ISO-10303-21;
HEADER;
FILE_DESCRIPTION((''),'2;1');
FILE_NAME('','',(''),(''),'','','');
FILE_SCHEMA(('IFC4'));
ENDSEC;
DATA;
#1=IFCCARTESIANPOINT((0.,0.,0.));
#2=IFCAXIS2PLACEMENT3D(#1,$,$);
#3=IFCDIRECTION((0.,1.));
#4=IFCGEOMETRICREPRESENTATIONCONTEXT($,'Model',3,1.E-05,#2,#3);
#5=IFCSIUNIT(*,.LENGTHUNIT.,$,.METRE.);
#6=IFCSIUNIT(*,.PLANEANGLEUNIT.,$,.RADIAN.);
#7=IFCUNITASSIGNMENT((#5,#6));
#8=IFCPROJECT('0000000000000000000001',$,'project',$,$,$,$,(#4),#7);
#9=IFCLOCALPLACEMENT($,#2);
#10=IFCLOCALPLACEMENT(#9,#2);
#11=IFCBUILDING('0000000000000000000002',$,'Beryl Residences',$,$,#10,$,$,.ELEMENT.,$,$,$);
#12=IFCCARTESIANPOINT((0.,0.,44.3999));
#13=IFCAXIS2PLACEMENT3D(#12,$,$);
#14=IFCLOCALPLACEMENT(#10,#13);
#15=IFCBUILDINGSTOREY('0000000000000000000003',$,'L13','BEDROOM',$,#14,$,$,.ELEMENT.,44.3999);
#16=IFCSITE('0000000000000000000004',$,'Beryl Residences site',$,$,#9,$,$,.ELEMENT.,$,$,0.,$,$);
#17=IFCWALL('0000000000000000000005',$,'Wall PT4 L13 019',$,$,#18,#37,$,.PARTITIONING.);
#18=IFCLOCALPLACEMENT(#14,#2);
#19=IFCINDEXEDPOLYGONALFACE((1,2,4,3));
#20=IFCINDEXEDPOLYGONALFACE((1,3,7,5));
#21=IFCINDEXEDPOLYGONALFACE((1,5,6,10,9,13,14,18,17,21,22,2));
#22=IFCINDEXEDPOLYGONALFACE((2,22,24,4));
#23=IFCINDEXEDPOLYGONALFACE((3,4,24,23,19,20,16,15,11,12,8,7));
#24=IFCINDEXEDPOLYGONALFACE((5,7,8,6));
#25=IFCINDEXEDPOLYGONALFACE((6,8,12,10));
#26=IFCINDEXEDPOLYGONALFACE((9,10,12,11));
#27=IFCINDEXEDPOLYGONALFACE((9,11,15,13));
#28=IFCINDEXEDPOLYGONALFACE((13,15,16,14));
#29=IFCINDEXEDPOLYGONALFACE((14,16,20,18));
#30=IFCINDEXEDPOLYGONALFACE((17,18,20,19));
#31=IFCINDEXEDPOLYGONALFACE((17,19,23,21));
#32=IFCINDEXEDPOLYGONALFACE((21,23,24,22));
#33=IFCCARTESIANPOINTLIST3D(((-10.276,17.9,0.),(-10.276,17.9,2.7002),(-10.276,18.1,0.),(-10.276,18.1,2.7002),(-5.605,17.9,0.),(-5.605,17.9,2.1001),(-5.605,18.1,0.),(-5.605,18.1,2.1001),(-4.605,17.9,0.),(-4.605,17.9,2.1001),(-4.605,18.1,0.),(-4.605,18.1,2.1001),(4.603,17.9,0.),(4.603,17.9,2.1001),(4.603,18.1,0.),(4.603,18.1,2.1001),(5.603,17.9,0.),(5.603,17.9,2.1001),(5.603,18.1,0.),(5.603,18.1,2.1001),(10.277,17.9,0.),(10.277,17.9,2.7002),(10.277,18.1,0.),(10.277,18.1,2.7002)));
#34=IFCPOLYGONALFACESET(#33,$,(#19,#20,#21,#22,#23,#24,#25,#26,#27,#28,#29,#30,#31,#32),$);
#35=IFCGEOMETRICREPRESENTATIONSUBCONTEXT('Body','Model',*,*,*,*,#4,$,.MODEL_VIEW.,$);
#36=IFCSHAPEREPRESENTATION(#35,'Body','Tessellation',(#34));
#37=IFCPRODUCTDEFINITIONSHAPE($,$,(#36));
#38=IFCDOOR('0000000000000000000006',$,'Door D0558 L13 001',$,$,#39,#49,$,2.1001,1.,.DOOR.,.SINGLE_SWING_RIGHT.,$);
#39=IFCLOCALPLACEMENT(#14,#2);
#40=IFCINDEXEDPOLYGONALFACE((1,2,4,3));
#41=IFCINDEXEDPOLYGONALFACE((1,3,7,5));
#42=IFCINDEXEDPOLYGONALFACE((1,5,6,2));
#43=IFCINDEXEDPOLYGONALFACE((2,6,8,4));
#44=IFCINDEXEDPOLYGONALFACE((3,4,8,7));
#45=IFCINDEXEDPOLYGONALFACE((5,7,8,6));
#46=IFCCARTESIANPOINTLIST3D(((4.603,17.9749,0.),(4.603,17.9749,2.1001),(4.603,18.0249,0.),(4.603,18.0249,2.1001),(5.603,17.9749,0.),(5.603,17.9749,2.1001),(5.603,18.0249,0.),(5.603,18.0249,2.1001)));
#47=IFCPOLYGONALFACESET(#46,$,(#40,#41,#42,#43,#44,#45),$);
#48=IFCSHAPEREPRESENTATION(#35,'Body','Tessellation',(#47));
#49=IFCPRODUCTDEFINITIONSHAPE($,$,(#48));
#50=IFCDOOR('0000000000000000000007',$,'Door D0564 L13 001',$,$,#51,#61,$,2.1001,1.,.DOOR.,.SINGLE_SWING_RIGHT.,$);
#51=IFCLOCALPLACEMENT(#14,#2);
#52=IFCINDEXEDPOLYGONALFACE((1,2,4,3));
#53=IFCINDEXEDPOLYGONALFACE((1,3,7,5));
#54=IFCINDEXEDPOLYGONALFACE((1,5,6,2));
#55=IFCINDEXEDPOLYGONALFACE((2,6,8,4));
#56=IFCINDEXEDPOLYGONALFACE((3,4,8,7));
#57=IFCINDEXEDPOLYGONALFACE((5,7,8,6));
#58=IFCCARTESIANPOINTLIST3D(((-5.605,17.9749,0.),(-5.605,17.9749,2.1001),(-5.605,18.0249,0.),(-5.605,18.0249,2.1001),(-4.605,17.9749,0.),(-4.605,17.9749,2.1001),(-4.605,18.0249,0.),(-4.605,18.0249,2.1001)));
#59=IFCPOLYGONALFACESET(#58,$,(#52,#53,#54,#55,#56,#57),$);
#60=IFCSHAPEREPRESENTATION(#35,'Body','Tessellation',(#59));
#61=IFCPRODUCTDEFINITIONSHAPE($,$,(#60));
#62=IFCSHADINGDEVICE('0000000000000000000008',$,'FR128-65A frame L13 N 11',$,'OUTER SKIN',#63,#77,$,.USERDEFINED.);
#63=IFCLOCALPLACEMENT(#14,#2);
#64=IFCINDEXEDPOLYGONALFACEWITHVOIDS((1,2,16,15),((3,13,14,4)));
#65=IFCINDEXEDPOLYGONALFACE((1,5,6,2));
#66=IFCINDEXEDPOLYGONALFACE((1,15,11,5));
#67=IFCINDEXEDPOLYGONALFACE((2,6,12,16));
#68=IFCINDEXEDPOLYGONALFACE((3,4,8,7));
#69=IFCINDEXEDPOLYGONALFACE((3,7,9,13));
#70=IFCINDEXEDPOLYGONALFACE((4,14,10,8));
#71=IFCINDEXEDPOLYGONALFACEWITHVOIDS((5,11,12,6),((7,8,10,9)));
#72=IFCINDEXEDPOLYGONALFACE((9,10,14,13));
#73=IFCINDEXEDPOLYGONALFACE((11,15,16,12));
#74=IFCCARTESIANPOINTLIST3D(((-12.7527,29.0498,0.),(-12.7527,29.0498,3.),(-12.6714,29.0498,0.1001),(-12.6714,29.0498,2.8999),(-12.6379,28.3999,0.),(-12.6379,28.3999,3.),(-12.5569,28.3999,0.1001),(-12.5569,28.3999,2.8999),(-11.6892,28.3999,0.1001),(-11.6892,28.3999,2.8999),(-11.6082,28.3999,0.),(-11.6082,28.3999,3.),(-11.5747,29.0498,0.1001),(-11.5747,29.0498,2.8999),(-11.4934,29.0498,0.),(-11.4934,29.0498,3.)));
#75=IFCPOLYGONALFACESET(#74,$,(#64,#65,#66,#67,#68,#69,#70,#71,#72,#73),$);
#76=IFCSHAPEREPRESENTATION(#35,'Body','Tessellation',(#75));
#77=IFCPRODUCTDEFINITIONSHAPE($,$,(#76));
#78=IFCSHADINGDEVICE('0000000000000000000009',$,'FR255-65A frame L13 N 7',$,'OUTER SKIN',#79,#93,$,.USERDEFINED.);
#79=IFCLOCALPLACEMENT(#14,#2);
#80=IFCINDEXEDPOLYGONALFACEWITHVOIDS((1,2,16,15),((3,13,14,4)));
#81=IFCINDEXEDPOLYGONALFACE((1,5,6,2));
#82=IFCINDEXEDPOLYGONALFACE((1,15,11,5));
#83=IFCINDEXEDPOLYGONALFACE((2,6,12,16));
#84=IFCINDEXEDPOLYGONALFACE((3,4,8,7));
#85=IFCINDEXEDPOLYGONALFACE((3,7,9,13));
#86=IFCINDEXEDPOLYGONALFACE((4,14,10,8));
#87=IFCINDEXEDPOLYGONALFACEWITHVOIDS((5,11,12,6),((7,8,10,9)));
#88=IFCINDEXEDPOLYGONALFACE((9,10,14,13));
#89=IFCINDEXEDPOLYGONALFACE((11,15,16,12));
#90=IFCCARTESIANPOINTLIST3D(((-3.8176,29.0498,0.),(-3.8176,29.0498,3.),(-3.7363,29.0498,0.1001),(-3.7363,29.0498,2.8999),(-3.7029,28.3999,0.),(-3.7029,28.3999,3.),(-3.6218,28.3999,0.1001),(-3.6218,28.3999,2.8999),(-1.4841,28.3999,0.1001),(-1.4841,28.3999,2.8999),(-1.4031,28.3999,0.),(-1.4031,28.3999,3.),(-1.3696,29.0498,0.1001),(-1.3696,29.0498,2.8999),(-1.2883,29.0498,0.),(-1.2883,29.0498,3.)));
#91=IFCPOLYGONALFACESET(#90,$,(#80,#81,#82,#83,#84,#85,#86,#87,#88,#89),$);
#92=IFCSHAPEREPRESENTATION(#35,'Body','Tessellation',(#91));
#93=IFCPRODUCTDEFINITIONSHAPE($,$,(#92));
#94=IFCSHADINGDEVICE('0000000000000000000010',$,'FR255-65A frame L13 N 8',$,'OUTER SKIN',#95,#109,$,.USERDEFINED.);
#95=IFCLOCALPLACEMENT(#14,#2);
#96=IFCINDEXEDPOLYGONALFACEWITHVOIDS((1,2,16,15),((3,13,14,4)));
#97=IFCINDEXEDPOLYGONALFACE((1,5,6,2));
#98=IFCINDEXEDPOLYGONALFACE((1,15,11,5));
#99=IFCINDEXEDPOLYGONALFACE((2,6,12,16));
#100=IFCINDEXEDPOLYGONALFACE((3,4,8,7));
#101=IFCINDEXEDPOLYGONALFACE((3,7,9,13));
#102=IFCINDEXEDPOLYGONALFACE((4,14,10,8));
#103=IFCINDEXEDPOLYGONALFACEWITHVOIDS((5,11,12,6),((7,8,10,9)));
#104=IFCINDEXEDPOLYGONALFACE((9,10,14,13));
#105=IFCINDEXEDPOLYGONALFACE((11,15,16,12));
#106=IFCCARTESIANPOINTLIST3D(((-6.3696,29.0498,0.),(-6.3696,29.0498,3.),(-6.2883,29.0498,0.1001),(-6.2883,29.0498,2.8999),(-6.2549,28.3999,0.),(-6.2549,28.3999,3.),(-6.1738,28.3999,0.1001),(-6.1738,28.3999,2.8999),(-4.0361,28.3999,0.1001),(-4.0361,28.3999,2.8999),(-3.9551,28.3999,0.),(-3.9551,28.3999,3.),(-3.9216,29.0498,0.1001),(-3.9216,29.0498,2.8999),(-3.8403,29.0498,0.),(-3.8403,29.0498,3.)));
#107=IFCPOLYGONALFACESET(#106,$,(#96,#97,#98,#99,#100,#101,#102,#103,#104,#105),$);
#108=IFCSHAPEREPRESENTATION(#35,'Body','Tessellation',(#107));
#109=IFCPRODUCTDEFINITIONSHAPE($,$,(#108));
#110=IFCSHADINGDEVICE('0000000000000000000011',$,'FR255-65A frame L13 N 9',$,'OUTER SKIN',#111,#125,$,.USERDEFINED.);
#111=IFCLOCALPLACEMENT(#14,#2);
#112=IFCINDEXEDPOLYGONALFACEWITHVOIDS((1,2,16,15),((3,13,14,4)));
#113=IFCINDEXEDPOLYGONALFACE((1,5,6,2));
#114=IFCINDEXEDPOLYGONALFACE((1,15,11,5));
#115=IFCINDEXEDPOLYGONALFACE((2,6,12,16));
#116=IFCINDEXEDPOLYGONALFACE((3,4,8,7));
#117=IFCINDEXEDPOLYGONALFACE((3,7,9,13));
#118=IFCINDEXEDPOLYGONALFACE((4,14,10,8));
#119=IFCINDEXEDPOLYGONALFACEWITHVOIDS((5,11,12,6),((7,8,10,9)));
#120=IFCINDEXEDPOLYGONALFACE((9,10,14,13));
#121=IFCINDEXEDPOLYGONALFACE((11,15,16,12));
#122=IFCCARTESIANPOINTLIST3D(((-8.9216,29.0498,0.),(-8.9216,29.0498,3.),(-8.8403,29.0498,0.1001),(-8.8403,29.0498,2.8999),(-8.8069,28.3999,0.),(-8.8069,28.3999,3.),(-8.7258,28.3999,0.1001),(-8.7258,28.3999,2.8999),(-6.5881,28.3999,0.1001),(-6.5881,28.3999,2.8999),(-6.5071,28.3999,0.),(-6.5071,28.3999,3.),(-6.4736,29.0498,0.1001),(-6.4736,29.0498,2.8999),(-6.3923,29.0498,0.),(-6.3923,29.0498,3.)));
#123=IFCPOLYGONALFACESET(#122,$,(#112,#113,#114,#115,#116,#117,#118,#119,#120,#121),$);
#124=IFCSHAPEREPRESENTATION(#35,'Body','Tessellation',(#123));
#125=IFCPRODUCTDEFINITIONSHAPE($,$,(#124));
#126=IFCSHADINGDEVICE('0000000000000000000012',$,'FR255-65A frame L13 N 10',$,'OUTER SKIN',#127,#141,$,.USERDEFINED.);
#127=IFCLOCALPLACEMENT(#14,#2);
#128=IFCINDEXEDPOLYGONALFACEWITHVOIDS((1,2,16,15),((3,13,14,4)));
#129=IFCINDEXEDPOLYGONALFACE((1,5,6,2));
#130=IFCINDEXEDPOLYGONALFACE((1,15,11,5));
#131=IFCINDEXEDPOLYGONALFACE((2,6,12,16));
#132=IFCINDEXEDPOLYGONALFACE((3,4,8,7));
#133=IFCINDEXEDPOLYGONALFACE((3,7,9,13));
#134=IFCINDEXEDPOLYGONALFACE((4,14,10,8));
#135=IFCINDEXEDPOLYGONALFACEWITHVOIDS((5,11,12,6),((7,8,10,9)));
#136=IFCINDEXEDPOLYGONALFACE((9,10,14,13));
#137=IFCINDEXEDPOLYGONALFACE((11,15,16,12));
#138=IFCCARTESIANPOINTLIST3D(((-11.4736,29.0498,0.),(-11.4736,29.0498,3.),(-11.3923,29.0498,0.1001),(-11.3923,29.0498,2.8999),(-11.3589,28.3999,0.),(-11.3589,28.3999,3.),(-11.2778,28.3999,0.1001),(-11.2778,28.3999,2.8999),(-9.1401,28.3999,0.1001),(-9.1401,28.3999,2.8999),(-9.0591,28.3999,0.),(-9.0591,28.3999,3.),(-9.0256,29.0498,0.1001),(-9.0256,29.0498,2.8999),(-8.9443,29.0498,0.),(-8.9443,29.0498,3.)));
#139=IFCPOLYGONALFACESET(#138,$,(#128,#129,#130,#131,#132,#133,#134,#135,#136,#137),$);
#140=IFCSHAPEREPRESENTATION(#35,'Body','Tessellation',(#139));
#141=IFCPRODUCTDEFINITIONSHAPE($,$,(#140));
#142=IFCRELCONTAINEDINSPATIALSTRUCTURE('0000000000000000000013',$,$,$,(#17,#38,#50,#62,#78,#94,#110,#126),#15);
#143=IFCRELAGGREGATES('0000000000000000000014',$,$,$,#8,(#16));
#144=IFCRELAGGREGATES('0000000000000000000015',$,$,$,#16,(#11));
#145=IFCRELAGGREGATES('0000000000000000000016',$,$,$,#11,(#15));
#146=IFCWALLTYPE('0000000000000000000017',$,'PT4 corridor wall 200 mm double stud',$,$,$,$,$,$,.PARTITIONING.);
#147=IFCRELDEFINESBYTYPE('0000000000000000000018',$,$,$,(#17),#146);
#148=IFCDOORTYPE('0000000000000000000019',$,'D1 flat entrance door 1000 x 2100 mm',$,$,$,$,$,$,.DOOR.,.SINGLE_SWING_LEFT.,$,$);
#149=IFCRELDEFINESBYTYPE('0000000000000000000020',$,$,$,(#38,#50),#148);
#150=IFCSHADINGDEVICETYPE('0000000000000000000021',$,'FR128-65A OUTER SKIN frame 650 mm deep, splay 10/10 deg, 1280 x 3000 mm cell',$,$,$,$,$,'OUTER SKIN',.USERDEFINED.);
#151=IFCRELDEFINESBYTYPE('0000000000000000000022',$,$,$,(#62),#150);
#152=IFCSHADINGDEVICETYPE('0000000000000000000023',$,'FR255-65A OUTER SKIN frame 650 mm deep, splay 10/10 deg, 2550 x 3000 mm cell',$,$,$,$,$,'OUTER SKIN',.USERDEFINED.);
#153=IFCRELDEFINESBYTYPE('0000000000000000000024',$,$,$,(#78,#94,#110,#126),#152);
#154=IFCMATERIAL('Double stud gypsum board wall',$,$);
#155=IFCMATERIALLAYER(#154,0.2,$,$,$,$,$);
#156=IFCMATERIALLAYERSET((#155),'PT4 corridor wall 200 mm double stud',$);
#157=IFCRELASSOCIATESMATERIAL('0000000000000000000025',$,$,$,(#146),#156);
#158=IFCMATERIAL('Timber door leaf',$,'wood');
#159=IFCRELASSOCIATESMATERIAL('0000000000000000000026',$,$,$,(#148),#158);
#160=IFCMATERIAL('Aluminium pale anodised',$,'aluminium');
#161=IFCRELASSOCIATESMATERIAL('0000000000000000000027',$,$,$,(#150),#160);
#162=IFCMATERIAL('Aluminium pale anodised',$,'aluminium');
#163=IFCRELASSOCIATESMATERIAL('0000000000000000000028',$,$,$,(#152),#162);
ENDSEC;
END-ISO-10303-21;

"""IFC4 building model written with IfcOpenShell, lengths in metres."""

from ifc_helpers import new_model, entity, si_unit, direction, frame, frame_2d, origin, place, context, subcontext, project, spatial, rectangle, extrude, source, transform, mapped, material, layer, layer_set, type_object, type_shapes, element, fill, save


model = new_model("IFC4")

# Units and contexts
model_context = context("Model", 3, precision=1e-05, world=origin(), true_north=direction((0.0, 1.0)))
body_context = subcontext(model_context, "Body", "Model", "MODEL_VIEW")
ifc_project = project(units=[si_unit("LENGTHUNIT", "METRE"), si_unit("PLANEANGLEUNIT", "RADIAN")], contexts=[model_context])

# Site, building, storey
site_placement = place(None, origin())
site = spatial("IfcSite", under=ifc_project, at=site_placement, Name="Beryl Residences site", CompositionType="ELEMENT", RefElevation=0.0)
building_placement = place(site_placement, origin())
building = spatial("IfcBuilding", under=site, at=building_placement, Name="Beryl Residences", CompositionType="ELEMENT")
storey_placement = place(building_placement, frame((0.0, 0.0, 44.3999)))
storey = spatial("IfcBuildingStorey", under=building, at=storey_placement, Name="L13", Description="BEDROOM", CompositionType="ELEMENT", Elevation=44.3999)

# Shared definitions
ifc_material_1 = material(Name="Double stud gypsum board wall")
ifc_layer_1 = layer(ifc_material_1, 0.2)
ifc_layer_set_1 = layer_set([ifc_layer_1], Name="PT4 corridor wall 200 mm double stud")
wall_type_1 = type_object("IfcWallType", Name="PT4 corridor wall 200 mm double stud", PredefinedType="PARTITIONING", material=ifc_layer_set_1)

# Wall, openings, doors
wall_1_placement = place(storey_placement, frame((-10.2759, 18.0, 0.0), z_axis=(0.0, 0.0, 1.0), x_axis=(1.0, 0.0, 0.0)))
wall_1 = element("IfcWall", 1, at=wall_1_placement, inside=storey, type_object=wall_type_1, Name="Wall PT4 L13 019", PredefinedType="PARTITIONING", context=body_context, shape_type="SweptSolid", body=[
    extrude(rectangle(XDim=20.553, YDim=0.2, at=frame_2d((10.2764, 0.0))), origin(), (0.0, 0.0, 1.0), 2.7002),
])
opening_1_placement = place(wall_1_placement, frame((14.8789, 0.0, 0.0)))
opening_1 = element("IfcOpeningElement", 2, at=opening_1_placement, cuts=wall_1, PredefinedType="OPENING", context=body_context, shape_type="SweptSolid", body=[
    extrude(rectangle(XDim=1.0, YDim=2.1001, at=frame_2d((0.5, 1.05))), frame((0.0, 0.1099, 0.0), z_axis=(0.0, -1.0, 0.0), x_axis=(1.0, 0.0, 0.0)), (0.0, 0.0, 1.0), 0.22),
])
opening_2_placement = place(wall_1_placement, frame((4.6709, 0.0, 0.0)))
opening_2 = element("IfcOpeningElement", 3, at=opening_2_placement, cuts=wall_1, PredefinedType="OPENING", context=body_context, shape_type="SweptSolid", body=[
    extrude(rectangle(XDim=1.0, YDim=2.1001, at=frame_2d((0.5, 1.05))), frame((0.0, 0.1099, 0.0), z_axis=(0.0, -1.0, 0.0), x_axis=(1.0, 0.0, 0.0)), (0.0, 0.0, 1.0), 0.22),
])
ifc_material_2 = material(Name="Timber door leaf", Category="wood")
door_type_1 = type_object("IfcDoorType", Name="D1 flat entrance door 1000 x 2100 mm", OperationType="SINGLE_SWING_LEFT", PredefinedType="DOOR", material=ifc_material_2)
door_1_placement = place(opening_1_placement, origin())
door_1 = element("IfcDoor", 4, at=door_1_placement, inside=storey, type_object=door_type_1, Name="Door D0558 L13 001", OperationType="SINGLE_SWING_RIGHT", OverallHeight=2.1001, OverallWidth=1.0, PredefinedType="DOOR", context=body_context, shape_type="SweptSolid", body=[
    extrude(rectangle(XDim=1.0, YDim=2.1001, at=frame_2d((0.5, 1.05))), frame((0.0, 0.0249, 0.0), z_axis=(0.0, -1.0, 0.0), x_axis=(1.0, 0.0, 0.0)), (0.0, 0.0, 1.0), 0.05),
])
fill(opening_1, door_1)
door_2_placement = place(opening_2_placement, origin())
door_2 = element("IfcDoor", 5, at=door_2_placement, inside=storey, type_object=door_type_1, Name="Door D0564 L13 001", OperationType="SINGLE_SWING_RIGHT", OverallHeight=2.1001, OverallWidth=1.0, PredefinedType="DOOR", context=body_context, shape_type="SweptSolid", body=[
    extrude(rectangle(XDim=1.0, YDim=2.1001, at=frame_2d((0.5, 1.05))), frame((0.0, 0.0249, 0.0), z_axis=(0.0, -1.0, 0.0), x_axis=(1.0, 0.0, 0.0)), (0.0, 0.0, 1.0), 0.05),
])
fill(opening_2, door_2)

# Shading devices
ifc_material_3 = material(Name="Aluminium pale anodised", Category="aluminium")
shading_device_type_1 = type_object("IfcShadingDeviceType", Name="FR128-65A OUTER SKIN frame 650 mm deep, splay 10/10 deg, 1280 x 3000 mm cell", ElementType="OUTER SKIN", PredefinedType="USERDEFINED", material=ifc_material_3)
cartesian_point_1 = entity("IfcCartesianPoint", [-0.5149, 0.0])
cartesian_point_2 = entity("IfcCartesianPoint", [-0.4338, 0.1001])
cartesian_point_3 = entity("IfcCartesianPoint", [-0.6296, 0.0])
cartesian_point_4 = entity("IfcCartesianPoint", [-0.5483, 0.1001])
shared_shape_1 = source(origin(), body_context, "Body", "SweptSolid", [
    entity("IfcExtrudedAreaSolidTapered", entity("IfcArbitraryProfileDefWithVoids", "AREA", None, entity("IfcPolyline", [cartesian_point_1, entity("IfcCartesianPoint", [0.5149, 0.0]), entity("IfcCartesianPoint", [0.5149, 3.0]), entity("IfcCartesianPoint", [-0.5149, 3.0]), cartesian_point_1]), [entity("IfcPolyline", [cartesian_point_2, entity("IfcCartesianPoint", [0.4338, 0.1001]), entity("IfcCartesianPoint", [0.4338, 2.8999]), entity("IfcCartesianPoint", [-0.4338, 2.8999]), cartesian_point_2])]), entity("IfcAxis2Placement3D", entity("IfcCartesianPoint", [0.0, 0.0, 0.0]), entity("IfcDirection", [0.0, 1.0, 0.0]), entity("IfcDirection", [-1.0, 0.0, 0.0])), entity("IfcDirection", [0.0, 0.0, 1.0]), 0.6499, entity("IfcArbitraryProfileDefWithVoids", "AREA", None, entity("IfcPolyline", [cartesian_point_3, entity("IfcCartesianPoint", [0.6296, 0.0]), entity("IfcCartesianPoint", [0.6296, 3.0]), entity("IfcCartesianPoint", [-0.6296, 3.0]), cartesian_point_3]), [entity("IfcPolyline", [cartesian_point_4, entity("IfcCartesianPoint", [0.5483, 0.1001]), entity("IfcCartesianPoint", [0.5483, 2.8999]), entity("IfcCartesianPoint", [-0.5483, 2.8999]), cartesian_point_4])])),
])
type_shapes(shading_device_type_1, [shared_shape_1])
shading_device_placement = place(storey_placement, frame((-12.123, 28.3999, 0.0), z_axis=(0.0, 0.0, 1.0), x_axis=(1.0, 0.0, 0.0)))
element("IfcShadingDevice", 6, at=shading_device_placement, inside=storey, type_object=shading_device_type_1, Name="FR128-65A frame L13 N 11", ObjectType="OUTER SKIN", PredefinedType="USERDEFINED", context=body_context, shape_type="MappedRepresentation", body=[
    mapped(shared_shape_1, transform((0.0, 0.0, 0.0))),
])
ifc_material_4 = material(Name="Aluminium pale anodised", Category="aluminium")
shading_device_type_2 = type_object("IfcShadingDeviceType", Name="FR255-65A OUTER SKIN frame 650 mm deep, splay 10/10 deg, 2550 x 3000 mm cell", ElementType="OUTER SKIN", PredefinedType="USERDEFINED", material=ifc_material_4)
cartesian_point_5 = entity("IfcCartesianPoint", [-1.1499, 0.0])
cartesian_point_6 = entity("IfcCartesianPoint", [-1.0688, 0.1001])
cartesian_point_7 = entity("IfcCartesianPoint", [-1.2646, 0.0])
cartesian_point_8 = entity("IfcCartesianPoint", [-1.1833, 0.1001])
shared_shape_2 = source(origin(), body_context, "Body", "SweptSolid", [
    entity("IfcExtrudedAreaSolidTapered", entity("IfcArbitraryProfileDefWithVoids", "AREA", None, entity("IfcPolyline", [cartesian_point_5, entity("IfcCartesianPoint", [1.1499, 0.0]), entity("IfcCartesianPoint", [1.1499, 3.0]), entity("IfcCartesianPoint", [-1.1499, 3.0]), cartesian_point_5]), [entity("IfcPolyline", [cartesian_point_6, entity("IfcCartesianPoint", [1.0688, 0.1001]), entity("IfcCartesianPoint", [1.0688, 2.8999]), entity("IfcCartesianPoint", [-1.0688, 2.8999]), cartesian_point_6])]), entity("IfcAxis2Placement3D", entity("IfcCartesianPoint", [0.0, 0.0, 0.0]), entity("IfcDirection", [0.0, 1.0, 0.0]), entity("IfcDirection", [-1.0, 0.0, 0.0])), entity("IfcDirection", [0.0, 0.0, 1.0]), 0.6499, entity("IfcArbitraryProfileDefWithVoids", "AREA", None, entity("IfcPolyline", [cartesian_point_7, entity("IfcCartesianPoint", [1.2646, 0.0]), entity("IfcCartesianPoint", [1.2646, 3.0]), entity("IfcCartesianPoint", [-1.2646, 3.0]), cartesian_point_7]), [entity("IfcPolyline", [cartesian_point_8, entity("IfcCartesianPoint", [1.1833, 0.1001]), entity("IfcCartesianPoint", [1.1833, 2.8999]), entity("IfcCartesianPoint", [-1.1833, 2.8999]), cartesian_point_8])])),
])
type_shapes(shading_device_type_2, [shared_shape_2])
for number, where, z_axis, x_axis, name in (
    (7, (-2.553, 28.3999, 0.0), (0.0, 0.0, 1.0), (1.0, 0.0, 0.0), "FR255-65A frame L13 N 7"),
    (8, (-5.105, 28.3999, 0.0), (0.0, 0.0, 1.0), (1.0, 0.0, 0.0), "FR255-65A frame L13 N 8"),
    (9, (-7.657, 28.3999, 0.0), (0.0, 0.0, 1.0), (1.0, 0.0, 0.0), "FR255-65A frame L13 N 9"),
    (10, (-10.209, 28.3999, 0.0), (0.0, 0.0, 1.0), (1.0, 0.0, 0.0), "FR255-65A frame L13 N 10"),
):
    element("IfcShadingDevice", number, at=place(storey_placement, frame(where, z_axis=z_axis, x_axis=x_axis)), inside=storey, type_object=shading_device_type_2, Name=name, ObjectType="OUTER SKIN", PredefinedType="USERDEFINED", context=body_context, shape_type="MappedRepresentation", body=[
        mapped(shared_shape_2, transform((0.0, 0.0, 0.0))),
    ])

save(model, "model.ifc")
